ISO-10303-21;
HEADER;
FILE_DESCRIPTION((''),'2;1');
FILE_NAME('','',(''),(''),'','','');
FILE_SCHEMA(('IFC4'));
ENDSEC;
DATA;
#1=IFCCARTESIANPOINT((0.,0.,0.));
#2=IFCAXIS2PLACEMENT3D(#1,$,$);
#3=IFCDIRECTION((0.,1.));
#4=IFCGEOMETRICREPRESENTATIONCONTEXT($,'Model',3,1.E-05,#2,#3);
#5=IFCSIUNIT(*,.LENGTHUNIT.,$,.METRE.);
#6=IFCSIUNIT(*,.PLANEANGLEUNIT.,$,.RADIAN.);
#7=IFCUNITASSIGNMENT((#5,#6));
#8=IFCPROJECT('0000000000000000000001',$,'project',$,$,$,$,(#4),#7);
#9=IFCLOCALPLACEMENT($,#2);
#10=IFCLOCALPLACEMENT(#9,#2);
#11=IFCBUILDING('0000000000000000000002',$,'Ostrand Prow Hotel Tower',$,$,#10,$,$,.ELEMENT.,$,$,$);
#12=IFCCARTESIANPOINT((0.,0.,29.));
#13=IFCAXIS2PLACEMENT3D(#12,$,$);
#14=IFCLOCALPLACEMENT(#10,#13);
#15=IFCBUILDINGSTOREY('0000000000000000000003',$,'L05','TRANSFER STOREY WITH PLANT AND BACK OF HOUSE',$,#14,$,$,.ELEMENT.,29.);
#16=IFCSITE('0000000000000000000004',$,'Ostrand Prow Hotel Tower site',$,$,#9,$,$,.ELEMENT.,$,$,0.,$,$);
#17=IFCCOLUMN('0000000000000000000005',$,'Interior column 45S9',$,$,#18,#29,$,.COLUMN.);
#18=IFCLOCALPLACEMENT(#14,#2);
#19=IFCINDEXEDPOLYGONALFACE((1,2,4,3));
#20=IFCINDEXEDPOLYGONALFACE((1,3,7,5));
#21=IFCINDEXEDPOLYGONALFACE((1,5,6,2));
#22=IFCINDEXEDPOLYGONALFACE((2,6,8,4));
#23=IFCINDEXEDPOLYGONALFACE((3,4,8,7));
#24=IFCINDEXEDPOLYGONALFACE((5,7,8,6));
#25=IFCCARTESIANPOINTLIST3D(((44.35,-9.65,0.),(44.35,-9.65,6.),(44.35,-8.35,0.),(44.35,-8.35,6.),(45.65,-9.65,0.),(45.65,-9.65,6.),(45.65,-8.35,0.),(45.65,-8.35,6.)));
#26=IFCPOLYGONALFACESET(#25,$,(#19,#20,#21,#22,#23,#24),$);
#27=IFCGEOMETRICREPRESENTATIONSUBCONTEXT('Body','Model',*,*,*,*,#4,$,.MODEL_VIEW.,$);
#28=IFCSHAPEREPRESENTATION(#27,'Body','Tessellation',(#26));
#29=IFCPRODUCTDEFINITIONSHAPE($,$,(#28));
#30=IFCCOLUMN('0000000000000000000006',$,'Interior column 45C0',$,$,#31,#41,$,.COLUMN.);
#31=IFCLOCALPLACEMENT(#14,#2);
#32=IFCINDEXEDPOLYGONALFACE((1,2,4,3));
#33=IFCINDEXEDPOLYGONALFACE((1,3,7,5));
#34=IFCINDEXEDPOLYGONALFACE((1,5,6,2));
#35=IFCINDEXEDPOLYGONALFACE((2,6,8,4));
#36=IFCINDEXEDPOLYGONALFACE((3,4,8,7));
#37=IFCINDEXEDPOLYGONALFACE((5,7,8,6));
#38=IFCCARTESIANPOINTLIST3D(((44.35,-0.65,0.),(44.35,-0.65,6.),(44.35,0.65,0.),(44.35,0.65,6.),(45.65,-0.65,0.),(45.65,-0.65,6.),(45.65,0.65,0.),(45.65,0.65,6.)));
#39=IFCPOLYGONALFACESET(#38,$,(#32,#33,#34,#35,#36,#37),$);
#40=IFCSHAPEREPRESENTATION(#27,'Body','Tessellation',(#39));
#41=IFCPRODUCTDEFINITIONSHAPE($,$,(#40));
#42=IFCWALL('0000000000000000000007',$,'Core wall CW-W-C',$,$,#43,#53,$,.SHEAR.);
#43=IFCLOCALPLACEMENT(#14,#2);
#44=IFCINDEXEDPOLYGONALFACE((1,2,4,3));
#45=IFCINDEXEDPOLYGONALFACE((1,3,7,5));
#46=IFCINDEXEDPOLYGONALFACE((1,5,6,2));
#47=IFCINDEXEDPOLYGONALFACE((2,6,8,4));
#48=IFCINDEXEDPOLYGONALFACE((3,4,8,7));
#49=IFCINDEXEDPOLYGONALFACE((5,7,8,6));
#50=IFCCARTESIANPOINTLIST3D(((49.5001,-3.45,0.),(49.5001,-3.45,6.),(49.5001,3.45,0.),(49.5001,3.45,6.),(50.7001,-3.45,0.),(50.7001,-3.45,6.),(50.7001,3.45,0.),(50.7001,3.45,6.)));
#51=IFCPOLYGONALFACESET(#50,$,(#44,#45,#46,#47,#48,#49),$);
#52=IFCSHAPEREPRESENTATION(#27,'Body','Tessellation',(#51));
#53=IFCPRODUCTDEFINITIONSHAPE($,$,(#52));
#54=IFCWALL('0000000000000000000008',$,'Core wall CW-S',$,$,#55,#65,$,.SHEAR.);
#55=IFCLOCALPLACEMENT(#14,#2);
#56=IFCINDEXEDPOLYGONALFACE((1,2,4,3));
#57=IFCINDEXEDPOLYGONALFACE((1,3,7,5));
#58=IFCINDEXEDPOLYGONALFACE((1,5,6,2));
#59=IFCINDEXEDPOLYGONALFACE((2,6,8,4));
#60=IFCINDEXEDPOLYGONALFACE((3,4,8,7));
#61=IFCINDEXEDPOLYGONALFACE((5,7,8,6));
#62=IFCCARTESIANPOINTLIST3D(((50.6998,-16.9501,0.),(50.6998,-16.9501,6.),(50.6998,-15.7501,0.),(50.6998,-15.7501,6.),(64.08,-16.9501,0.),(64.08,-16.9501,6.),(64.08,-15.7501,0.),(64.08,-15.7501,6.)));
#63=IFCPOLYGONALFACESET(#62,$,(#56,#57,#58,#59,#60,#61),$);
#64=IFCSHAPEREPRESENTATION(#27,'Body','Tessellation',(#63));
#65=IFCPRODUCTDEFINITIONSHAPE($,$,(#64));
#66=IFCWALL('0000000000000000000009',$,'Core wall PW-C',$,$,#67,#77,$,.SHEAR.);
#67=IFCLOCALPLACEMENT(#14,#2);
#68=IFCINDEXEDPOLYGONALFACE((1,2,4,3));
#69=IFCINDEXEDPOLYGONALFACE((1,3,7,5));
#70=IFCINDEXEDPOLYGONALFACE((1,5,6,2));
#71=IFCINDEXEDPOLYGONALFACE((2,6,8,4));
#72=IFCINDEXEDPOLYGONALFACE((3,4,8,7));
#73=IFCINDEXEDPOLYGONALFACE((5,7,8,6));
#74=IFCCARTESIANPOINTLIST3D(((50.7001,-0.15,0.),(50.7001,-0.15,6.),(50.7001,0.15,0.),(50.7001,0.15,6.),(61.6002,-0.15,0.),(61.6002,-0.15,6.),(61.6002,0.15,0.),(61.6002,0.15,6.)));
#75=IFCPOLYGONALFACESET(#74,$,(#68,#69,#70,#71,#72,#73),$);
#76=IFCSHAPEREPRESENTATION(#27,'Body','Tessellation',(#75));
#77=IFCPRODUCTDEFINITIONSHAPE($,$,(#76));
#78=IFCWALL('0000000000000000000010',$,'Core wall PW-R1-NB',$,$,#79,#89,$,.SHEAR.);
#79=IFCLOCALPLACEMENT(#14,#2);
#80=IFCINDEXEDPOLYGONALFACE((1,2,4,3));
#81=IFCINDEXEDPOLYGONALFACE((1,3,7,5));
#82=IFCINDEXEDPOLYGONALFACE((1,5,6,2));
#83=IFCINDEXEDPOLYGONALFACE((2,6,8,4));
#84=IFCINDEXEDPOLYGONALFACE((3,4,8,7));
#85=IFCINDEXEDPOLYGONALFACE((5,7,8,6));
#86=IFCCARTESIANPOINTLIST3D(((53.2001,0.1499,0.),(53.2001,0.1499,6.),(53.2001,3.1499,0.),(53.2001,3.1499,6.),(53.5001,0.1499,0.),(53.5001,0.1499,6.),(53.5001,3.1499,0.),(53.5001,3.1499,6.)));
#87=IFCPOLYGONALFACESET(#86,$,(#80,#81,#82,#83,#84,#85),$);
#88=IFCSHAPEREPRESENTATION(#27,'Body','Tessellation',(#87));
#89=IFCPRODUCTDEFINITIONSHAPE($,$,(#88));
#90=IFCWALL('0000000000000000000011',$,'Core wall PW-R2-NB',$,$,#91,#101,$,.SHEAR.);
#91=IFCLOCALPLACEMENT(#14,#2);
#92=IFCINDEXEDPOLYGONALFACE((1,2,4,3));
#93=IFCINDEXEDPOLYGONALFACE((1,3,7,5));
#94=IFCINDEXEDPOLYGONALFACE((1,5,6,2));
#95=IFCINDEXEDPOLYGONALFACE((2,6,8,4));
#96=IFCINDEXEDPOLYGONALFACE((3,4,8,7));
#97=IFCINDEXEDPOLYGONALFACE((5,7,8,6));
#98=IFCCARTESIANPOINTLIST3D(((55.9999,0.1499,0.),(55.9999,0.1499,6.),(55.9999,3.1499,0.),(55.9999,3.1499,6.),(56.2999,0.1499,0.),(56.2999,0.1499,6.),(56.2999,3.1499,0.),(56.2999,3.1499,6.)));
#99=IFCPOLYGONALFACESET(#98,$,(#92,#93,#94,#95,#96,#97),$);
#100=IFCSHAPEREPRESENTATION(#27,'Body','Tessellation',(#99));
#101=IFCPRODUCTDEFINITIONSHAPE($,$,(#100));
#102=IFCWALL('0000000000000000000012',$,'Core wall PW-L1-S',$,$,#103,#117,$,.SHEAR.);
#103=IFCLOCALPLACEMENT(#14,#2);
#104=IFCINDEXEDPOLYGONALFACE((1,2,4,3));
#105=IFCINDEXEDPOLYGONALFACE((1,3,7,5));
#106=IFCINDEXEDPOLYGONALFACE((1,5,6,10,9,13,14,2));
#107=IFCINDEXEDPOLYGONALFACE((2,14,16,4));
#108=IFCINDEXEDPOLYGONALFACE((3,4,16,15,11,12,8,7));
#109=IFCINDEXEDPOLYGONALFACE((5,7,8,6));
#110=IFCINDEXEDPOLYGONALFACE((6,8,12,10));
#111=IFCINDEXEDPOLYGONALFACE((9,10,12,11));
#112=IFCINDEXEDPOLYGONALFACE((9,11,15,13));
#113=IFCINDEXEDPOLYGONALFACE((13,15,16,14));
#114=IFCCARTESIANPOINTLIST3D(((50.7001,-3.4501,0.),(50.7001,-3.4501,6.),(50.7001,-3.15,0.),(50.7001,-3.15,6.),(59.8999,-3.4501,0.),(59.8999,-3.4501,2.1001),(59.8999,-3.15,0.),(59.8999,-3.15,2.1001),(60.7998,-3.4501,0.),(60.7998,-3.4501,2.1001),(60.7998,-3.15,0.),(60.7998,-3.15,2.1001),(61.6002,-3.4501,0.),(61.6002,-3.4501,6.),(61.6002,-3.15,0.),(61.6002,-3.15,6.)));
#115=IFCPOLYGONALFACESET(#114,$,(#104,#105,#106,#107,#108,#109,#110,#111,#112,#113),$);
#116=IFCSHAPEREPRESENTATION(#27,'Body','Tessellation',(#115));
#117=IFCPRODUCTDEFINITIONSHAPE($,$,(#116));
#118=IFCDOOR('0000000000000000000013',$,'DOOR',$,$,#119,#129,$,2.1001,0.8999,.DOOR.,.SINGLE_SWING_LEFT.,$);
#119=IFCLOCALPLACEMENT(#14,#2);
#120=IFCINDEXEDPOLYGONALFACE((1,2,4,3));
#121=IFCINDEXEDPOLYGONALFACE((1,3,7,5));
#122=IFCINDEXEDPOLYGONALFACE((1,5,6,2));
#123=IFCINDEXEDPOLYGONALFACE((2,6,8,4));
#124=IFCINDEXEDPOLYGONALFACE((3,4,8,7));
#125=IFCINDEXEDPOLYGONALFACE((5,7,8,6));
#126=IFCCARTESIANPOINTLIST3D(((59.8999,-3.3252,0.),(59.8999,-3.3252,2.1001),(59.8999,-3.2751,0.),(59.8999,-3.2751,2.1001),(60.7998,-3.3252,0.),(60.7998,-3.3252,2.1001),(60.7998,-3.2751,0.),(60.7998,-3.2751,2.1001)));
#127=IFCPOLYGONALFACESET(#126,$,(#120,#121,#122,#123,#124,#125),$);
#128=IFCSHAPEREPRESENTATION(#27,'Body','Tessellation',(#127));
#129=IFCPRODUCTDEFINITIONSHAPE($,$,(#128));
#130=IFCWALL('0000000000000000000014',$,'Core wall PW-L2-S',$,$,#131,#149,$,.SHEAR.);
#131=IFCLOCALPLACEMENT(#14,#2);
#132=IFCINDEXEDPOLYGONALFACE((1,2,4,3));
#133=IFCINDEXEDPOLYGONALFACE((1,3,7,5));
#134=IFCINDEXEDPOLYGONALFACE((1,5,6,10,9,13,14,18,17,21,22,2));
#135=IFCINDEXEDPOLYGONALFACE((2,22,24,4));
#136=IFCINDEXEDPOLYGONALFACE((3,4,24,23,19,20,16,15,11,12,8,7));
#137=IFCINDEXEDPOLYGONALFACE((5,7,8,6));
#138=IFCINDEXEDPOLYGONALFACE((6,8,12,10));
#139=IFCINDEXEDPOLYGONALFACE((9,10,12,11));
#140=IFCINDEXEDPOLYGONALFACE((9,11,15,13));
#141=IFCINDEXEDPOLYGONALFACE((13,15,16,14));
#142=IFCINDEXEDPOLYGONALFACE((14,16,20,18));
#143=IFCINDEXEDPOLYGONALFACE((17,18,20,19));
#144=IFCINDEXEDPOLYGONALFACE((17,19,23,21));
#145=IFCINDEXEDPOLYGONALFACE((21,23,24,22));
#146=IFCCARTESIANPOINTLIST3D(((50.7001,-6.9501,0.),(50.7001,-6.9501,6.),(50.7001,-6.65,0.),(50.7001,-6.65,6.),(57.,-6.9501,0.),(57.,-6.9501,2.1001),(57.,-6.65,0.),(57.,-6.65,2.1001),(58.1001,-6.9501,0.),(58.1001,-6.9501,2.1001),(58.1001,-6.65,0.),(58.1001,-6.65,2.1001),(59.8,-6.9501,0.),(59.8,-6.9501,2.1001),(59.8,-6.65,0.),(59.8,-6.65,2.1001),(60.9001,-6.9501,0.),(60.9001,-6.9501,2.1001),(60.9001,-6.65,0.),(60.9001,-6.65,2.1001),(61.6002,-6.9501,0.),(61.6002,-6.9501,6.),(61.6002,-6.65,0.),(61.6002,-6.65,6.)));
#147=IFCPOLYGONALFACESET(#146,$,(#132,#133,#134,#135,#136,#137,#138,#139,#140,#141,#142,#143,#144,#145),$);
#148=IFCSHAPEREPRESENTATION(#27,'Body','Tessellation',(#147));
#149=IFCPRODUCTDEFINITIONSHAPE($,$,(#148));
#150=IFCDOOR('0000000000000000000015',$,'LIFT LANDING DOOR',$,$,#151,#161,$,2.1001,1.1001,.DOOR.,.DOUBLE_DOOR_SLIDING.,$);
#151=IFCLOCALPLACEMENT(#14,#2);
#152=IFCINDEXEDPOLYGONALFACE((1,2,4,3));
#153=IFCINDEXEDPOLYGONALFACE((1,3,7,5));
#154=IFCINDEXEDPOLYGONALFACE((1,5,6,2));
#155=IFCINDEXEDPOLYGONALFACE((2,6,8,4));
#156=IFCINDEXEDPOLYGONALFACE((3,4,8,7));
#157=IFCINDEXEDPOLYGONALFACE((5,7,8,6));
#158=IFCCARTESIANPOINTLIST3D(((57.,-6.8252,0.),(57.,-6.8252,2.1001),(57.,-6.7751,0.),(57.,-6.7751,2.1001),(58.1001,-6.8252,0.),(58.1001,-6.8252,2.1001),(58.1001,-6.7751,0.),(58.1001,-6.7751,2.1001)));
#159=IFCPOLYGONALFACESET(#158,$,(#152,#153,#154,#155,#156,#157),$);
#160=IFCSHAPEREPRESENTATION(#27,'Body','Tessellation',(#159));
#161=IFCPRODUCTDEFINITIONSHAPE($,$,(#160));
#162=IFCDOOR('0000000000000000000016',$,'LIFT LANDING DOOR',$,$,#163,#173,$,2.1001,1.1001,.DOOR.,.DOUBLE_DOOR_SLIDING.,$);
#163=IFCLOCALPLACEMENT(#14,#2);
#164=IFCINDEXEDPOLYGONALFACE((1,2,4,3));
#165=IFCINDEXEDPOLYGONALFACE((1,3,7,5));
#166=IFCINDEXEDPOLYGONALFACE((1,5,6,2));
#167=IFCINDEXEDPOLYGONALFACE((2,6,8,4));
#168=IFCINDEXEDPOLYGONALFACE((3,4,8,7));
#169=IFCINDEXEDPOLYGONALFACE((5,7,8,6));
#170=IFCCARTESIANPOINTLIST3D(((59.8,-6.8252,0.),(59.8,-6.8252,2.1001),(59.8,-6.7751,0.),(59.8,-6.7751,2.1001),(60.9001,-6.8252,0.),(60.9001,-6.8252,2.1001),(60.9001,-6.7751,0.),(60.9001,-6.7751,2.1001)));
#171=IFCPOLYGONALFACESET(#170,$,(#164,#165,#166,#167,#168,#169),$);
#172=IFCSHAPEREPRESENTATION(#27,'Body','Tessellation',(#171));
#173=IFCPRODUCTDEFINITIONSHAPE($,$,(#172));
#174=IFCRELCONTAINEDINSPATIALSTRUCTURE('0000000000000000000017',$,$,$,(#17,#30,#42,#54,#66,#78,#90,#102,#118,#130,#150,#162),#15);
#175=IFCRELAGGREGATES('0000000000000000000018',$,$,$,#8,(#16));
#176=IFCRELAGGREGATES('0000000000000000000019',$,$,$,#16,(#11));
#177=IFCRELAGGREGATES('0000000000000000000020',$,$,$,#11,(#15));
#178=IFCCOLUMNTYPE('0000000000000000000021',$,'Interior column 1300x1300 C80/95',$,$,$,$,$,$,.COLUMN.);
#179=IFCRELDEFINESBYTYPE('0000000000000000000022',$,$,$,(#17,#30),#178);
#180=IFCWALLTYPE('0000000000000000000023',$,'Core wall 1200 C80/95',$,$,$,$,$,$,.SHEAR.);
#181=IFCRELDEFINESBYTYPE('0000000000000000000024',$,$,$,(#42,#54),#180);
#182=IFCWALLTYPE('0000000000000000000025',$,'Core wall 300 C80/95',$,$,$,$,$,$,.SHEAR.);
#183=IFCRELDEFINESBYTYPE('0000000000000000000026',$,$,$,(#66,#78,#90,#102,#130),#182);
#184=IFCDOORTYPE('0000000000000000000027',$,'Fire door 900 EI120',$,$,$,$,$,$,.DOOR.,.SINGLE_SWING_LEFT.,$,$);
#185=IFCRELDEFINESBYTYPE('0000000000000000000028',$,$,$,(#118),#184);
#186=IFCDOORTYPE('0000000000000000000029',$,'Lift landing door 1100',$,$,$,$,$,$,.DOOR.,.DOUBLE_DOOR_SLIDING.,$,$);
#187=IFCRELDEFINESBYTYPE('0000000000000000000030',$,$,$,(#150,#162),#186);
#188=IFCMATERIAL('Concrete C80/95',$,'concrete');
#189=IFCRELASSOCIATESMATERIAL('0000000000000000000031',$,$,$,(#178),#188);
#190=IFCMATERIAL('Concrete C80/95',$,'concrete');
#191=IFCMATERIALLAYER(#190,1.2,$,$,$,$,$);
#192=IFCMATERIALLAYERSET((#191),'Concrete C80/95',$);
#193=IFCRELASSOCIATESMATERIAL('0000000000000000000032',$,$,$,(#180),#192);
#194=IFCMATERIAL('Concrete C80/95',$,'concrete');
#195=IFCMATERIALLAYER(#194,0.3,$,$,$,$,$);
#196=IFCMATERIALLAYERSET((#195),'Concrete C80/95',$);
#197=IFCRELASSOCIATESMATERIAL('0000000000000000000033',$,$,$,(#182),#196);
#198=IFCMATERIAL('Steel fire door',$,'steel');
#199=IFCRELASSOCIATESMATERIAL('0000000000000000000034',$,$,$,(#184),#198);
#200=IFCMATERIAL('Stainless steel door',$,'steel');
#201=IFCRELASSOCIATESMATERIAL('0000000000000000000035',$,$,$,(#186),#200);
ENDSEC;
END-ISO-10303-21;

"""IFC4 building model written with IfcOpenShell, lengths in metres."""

from ifc_helpers import new_model, si_unit, direction, frame, frame_2d, origin, origin_2d, place, context, subcontext, project, spatial, rectangle, extrude, material, layer, layer_set, material_profile, profile_set, type_object, element, fill, save


model = new_model("IFC4")

# Units and contexts
model_context = context("Model", 3, precision=1e-05, world=origin(), true_north=direction((0.0, 1.0)))
body_context = subcontext(model_context, "Body", "Model", "MODEL_VIEW")
ifc_project = project(units=[si_unit("LENGTHUNIT", "METRE"), si_unit("PLANEANGLEUNIT", "RADIAN")], contexts=[model_context])

# Site, building, storey
site_placement = place(None, origin())
site = spatial("IfcSite", under=ifc_project, at=site_placement, Name="Ostrand Prow Hotel Tower site", CompositionType="ELEMENT", RefElevation=0.0)
building_placement = place(site_placement, origin())
building = spatial("IfcBuilding", under=site, at=building_placement, Name="Ostrand Prow Hotel Tower", CompositionType="ELEMENT")
storey_placement = place(building_placement, frame((0.0, 0.0, 29.0)))
storey = spatial("IfcBuildingStorey", under=building, at=storey_placement, Name="L05", Description="TRANSFER STOREY WITH PLANT AND BACK OF HOUSE", CompositionType="ELEMENT", Elevation=29.0)

# Columns
ifc_material_1 = material(Name="Concrete C80/95", Category="concrete")
ifc_material_profile = material_profile(ifc_material_1, rectangle(XDim=1.3, YDim=1.3, at=origin_2d()), Name="RC 1300x1300")
ifc_profile_set = profile_set([ifc_material_profile], Name="Concrete C80/95")
column_type = type_object("IfcColumnType", Name="Interior column 1300x1300 C80/95", PredefinedType="COLUMN", material=ifc_profile_set)
for number, where, z_axis, x_axis, name in (
    (1, (45.0, -9.0, 0.0), (0.0, 0.0, 1.0), (1.0, 0.0, 0.0), "Interior column 45S9"),
    (2, (45.0, 0.0, 0.0), (0.0, 0.0, 1.0), (1.0, 0.0, 0.0), "Interior column 45C0"),
):
    element("IfcColumn", number, at=place(storey_placement, frame(where, z_axis=z_axis, x_axis=x_axis)), inside=storey, type_object=column_type, Name=name, PredefinedType="COLUMN", context=body_context, shape_type="SweptSolid", body=[
        extrude(rectangle(XDim=1.3, YDim=1.3, at=origin_2d()), origin(), (0.0, 0.0, 1.0), 6.0),
    ])

# Walls
ifc_material_2 = material(Name="Concrete C80/95", Category="concrete")
ifc_layer_1 = layer(ifc_material_2, 1.2)
ifc_layer_set_1 = layer_set([ifc_layer_1], Name="Concrete C80/95")
wall_type_1 = type_object("IfcWallType", Name="Core wall 1200 C80/95", PredefinedType="SHEAR", material=ifc_layer_set_1)
wall_1_placement = place(storey_placement, frame((50.1001, -3.45, 0.0), z_axis=(0.0, 0.0, 1.0), x_axis=(0.0, 1.0, 0.0)))
element("IfcWall", 3, at=wall_1_placement, inside=storey, type_object=wall_type_1, Name="Core wall CW-W-C", PredefinedType="SHEAR", context=body_context, shape_type="SweptSolid", body=[
    extrude(rectangle(XDim=6.8999, YDim=1.2, at=frame_2d((3.45, 0.0))), origin(), (0.0, 0.0, 1.0), 6.0),
])
wall_2_placement = place(storey_placement, frame((50.7, -16.3501, 0.0), z_axis=(0.0, 0.0, 1.0), x_axis=(1.0, 0.0, 0.0)))
element("IfcWall", 4, at=wall_2_placement, inside=storey, type_object=wall_type_1, Name="Core wall CW-S", PredefinedType="SHEAR", context=body_context, shape_type="SweptSolid", body=[
    extrude(rectangle(XDim=13.3801, YDim=1.2, at=frame_2d((6.6899, 0.0))), origin(), (0.0, 0.0, 1.0), 6.0),
])
ifc_material_3 = material(Name="Concrete C80/95", Category="concrete")
ifc_layer_2 = layer(ifc_material_3, 0.3)
ifc_layer_set_2 = layer_set([ifc_layer_2], Name="Concrete C80/95")
wall_type_2 = type_object("IfcWallType", Name="Core wall 300 C80/95", PredefinedType="SHEAR", material=ifc_layer_set_2)
wall_3_placement = place(storey_placement, frame((50.7, 0.0, 0.0), z_axis=(0.0, 0.0, 1.0), x_axis=(1.0, 0.0, 0.0)))
element("IfcWall", 5, at=wall_3_placement, inside=storey, type_object=wall_type_2, Name="Core wall PW-C", PredefinedType="SHEAR", context=body_context, shape_type="SweptSolid", body=[
    extrude(rectangle(XDim=10.9001, YDim=0.3, at=frame_2d((5.4502, 0.0))), origin(), (0.0, 0.0, 1.0), 6.0),
])
for number, where, z_axis, x_axis, name in (
    (6, (53.3501, 0.1499, 0.0), (0.0, 0.0, 1.0), (0.0, 1.0, 0.0), "Core wall PW-R1-NB"),
    (7, (56.1499, 0.1499, 0.0), (0.0, 0.0, 1.0), (0.0, 1.0, 0.0), "Core wall PW-R2-NB"),
):
    element("IfcWall", number, at=place(storey_placement, frame(where, z_axis=z_axis, x_axis=x_axis)), inside=storey, type_object=wall_type_2, Name=name, PredefinedType="SHEAR", context=body_context, shape_type="SweptSolid", body=[
        extrude(rectangle(XDim=3.0, YDim=0.3, at=frame_2d((1.5, 0.0))), origin(), (0.0, 0.0, 1.0), 6.0),
    ])

# Wall, opening, door
wall_4_placement = place(storey_placement, frame((50.7, -3.3, 0.0), z_axis=(0.0, 0.0, 1.0), x_axis=(1.0, 0.0, 0.0)))
wall_4 = element("IfcWall", 8, at=wall_4_placement, inside=storey, type_object=wall_type_2, Name="Core wall PW-L1-S", PredefinedType="SHEAR", context=body_context, shape_type="SweptSolid", body=[
    extrude(rectangle(XDim=10.9001, YDim=0.3, at=frame_2d((5.4502, 0.0))), origin(), (0.0, 0.0, 1.0), 6.0),
])
opening_1_placement = place(wall_4_placement, frame((9.2, 0.0, 0.0)))
opening_1 = element("IfcOpeningElement", 9, at=opening_1_placement, cuts=wall_4, PredefinedType="OPENING", context=body_context, shape_type="SweptSolid", body=[
    extrude(rectangle(XDim=0.8999, YDim=2.1001, at=frame_2d((0.45, 1.05))), frame((0.0, 0.1599, 0.0), z_axis=(0.0, -1.0, 0.0), x_axis=(1.0, 0.0, 0.0)), (0.0, 0.0, 1.0), 0.3201),
])
ifc_material_4 = material(Name="Steel fire door", Category="steel")
door_type_1 = type_object("IfcDoorType", Name="Fire door 900 EI120", OperationType="SINGLE_SWING_LEFT", PredefinedType="DOOR", material=ifc_material_4)
door_1_placement = place(opening_1_placement, origin())
door_1 = element("IfcDoor", 10, at=door_1_placement, inside=storey, type_object=door_type_1, Name="DOOR", OperationType="SINGLE_SWING_LEFT", OverallHeight=2.1001, OverallWidth=0.8999, PredefinedType="DOOR", context=body_context, shape_type="SweptSolid", body=[
    extrude(rectangle(XDim=0.8999, YDim=2.1001, at=frame_2d((0.45, 1.05))), frame((0.0, 0.0249, 0.0), z_axis=(0.0, -1.0, 0.0), x_axis=(1.0, 0.0, 0.0)), (0.0, 0.0, 1.0), 0.05),
])
fill(opening_1, door_1)

# Wall, openings, doors
wall_5_placement = place(storey_placement, frame((50.7, -6.8, 0.0), z_axis=(0.0, 0.0, 1.0), x_axis=(1.0, 0.0, 0.0)))
wall_5 = element("IfcWall", 11, at=wall_5_placement, inside=storey, type_object=wall_type_2, Name="Core wall PW-L2-S", PredefinedType="SHEAR", context=body_context, shape_type="SweptSolid", body=[
    extrude(rectangle(XDim=10.9001, YDim=0.3, at=frame_2d((5.4502, 0.0))), origin(), (0.0, 0.0, 1.0), 6.0),
])
opening_2_placement = place(wall_5_placement, frame((6.3, 0.0, 0.0)))
opening_2 = element("IfcOpeningElement", 12, at=opening_2_placement, cuts=wall_5, PredefinedType="OPENING", context=body_context, shape_type="SweptSolid", body=[
    extrude(rectangle(XDim=1.1001, YDim=2.1001, at=frame_2d((0.55, 1.05))), frame((0.0, 0.1599, 0.0), z_axis=(0.0, -1.0, 0.0), x_axis=(1.0, 0.0, 0.0)), (0.0, 0.0, 1.0), 0.3201),
])
opening_3_placement = place(wall_5_placement, frame((9.1001, 0.0, 0.0)))
opening_3 = element("IfcOpeningElement", 13, at=opening_3_placement, cuts=wall_5, PredefinedType="OPENING", context=body_context, shape_type="SweptSolid", body=[
    extrude(rectangle(XDim=1.1001, YDim=2.1001, at=frame_2d((0.55, 1.05))), frame((0.0, 0.1599, 0.0), z_axis=(0.0, -1.0, 0.0), x_axis=(1.0, 0.0, 0.0)), (0.0, 0.0, 1.0), 0.3201),
])
ifc_material_5 = material(Name="Stainless steel door", Category="steel")
door_type_2 = type_object("IfcDoorType", Name="Lift landing door 1100", OperationType="DOUBLE_DOOR_SLIDING", PredefinedType="DOOR", material=ifc_material_5)
door_2_placement = place(opening_2_placement, origin())
door_2 = element("IfcDoor", 14, at=door_2_placement, inside=storey, type_object=door_type_2, Name="LIFT LANDING DOOR", OperationType="DOUBLE_DOOR_SLIDING", OverallHeight=2.1001, OverallWidth=1.1001, PredefinedType="DOOR", context=body_context, shape_type="SweptSolid", body=[
    extrude(rectangle(XDim=1.1001, YDim=2.1001, at=frame_2d((0.55, 1.05))), frame((0.0, 0.0249, 0.0), z_axis=(0.0, -1.0, 0.0), x_axis=(1.0, 0.0, 0.0)), (0.0, 0.0, 1.0), 0.05),
])
fill(opening_2, door_2)
door_3_placement = place(opening_3_placement, origin())
door_3 = element("IfcDoor", 15, at=door_3_placement, inside=storey, type_object=door_type_2, Name="LIFT LANDING DOOR", OperationType="DOUBLE_DOOR_SLIDING", OverallHeight=2.1001, OverallWidth=1.1001, PredefinedType="DOOR", context=body_context, shape_type="SweptSolid", body=[
    extrude(rectangle(XDim=1.1001, YDim=2.1001, at=frame_2d((0.55, 1.05))), frame((0.0, 0.0249, 0.0), z_axis=(0.0, -1.0, 0.0), x_axis=(1.0, 0.0, 0.0)), (0.0, 0.0, 1.0), 0.05),
])
fill(opening_3, door_3)

save(model, "model.ifc")
